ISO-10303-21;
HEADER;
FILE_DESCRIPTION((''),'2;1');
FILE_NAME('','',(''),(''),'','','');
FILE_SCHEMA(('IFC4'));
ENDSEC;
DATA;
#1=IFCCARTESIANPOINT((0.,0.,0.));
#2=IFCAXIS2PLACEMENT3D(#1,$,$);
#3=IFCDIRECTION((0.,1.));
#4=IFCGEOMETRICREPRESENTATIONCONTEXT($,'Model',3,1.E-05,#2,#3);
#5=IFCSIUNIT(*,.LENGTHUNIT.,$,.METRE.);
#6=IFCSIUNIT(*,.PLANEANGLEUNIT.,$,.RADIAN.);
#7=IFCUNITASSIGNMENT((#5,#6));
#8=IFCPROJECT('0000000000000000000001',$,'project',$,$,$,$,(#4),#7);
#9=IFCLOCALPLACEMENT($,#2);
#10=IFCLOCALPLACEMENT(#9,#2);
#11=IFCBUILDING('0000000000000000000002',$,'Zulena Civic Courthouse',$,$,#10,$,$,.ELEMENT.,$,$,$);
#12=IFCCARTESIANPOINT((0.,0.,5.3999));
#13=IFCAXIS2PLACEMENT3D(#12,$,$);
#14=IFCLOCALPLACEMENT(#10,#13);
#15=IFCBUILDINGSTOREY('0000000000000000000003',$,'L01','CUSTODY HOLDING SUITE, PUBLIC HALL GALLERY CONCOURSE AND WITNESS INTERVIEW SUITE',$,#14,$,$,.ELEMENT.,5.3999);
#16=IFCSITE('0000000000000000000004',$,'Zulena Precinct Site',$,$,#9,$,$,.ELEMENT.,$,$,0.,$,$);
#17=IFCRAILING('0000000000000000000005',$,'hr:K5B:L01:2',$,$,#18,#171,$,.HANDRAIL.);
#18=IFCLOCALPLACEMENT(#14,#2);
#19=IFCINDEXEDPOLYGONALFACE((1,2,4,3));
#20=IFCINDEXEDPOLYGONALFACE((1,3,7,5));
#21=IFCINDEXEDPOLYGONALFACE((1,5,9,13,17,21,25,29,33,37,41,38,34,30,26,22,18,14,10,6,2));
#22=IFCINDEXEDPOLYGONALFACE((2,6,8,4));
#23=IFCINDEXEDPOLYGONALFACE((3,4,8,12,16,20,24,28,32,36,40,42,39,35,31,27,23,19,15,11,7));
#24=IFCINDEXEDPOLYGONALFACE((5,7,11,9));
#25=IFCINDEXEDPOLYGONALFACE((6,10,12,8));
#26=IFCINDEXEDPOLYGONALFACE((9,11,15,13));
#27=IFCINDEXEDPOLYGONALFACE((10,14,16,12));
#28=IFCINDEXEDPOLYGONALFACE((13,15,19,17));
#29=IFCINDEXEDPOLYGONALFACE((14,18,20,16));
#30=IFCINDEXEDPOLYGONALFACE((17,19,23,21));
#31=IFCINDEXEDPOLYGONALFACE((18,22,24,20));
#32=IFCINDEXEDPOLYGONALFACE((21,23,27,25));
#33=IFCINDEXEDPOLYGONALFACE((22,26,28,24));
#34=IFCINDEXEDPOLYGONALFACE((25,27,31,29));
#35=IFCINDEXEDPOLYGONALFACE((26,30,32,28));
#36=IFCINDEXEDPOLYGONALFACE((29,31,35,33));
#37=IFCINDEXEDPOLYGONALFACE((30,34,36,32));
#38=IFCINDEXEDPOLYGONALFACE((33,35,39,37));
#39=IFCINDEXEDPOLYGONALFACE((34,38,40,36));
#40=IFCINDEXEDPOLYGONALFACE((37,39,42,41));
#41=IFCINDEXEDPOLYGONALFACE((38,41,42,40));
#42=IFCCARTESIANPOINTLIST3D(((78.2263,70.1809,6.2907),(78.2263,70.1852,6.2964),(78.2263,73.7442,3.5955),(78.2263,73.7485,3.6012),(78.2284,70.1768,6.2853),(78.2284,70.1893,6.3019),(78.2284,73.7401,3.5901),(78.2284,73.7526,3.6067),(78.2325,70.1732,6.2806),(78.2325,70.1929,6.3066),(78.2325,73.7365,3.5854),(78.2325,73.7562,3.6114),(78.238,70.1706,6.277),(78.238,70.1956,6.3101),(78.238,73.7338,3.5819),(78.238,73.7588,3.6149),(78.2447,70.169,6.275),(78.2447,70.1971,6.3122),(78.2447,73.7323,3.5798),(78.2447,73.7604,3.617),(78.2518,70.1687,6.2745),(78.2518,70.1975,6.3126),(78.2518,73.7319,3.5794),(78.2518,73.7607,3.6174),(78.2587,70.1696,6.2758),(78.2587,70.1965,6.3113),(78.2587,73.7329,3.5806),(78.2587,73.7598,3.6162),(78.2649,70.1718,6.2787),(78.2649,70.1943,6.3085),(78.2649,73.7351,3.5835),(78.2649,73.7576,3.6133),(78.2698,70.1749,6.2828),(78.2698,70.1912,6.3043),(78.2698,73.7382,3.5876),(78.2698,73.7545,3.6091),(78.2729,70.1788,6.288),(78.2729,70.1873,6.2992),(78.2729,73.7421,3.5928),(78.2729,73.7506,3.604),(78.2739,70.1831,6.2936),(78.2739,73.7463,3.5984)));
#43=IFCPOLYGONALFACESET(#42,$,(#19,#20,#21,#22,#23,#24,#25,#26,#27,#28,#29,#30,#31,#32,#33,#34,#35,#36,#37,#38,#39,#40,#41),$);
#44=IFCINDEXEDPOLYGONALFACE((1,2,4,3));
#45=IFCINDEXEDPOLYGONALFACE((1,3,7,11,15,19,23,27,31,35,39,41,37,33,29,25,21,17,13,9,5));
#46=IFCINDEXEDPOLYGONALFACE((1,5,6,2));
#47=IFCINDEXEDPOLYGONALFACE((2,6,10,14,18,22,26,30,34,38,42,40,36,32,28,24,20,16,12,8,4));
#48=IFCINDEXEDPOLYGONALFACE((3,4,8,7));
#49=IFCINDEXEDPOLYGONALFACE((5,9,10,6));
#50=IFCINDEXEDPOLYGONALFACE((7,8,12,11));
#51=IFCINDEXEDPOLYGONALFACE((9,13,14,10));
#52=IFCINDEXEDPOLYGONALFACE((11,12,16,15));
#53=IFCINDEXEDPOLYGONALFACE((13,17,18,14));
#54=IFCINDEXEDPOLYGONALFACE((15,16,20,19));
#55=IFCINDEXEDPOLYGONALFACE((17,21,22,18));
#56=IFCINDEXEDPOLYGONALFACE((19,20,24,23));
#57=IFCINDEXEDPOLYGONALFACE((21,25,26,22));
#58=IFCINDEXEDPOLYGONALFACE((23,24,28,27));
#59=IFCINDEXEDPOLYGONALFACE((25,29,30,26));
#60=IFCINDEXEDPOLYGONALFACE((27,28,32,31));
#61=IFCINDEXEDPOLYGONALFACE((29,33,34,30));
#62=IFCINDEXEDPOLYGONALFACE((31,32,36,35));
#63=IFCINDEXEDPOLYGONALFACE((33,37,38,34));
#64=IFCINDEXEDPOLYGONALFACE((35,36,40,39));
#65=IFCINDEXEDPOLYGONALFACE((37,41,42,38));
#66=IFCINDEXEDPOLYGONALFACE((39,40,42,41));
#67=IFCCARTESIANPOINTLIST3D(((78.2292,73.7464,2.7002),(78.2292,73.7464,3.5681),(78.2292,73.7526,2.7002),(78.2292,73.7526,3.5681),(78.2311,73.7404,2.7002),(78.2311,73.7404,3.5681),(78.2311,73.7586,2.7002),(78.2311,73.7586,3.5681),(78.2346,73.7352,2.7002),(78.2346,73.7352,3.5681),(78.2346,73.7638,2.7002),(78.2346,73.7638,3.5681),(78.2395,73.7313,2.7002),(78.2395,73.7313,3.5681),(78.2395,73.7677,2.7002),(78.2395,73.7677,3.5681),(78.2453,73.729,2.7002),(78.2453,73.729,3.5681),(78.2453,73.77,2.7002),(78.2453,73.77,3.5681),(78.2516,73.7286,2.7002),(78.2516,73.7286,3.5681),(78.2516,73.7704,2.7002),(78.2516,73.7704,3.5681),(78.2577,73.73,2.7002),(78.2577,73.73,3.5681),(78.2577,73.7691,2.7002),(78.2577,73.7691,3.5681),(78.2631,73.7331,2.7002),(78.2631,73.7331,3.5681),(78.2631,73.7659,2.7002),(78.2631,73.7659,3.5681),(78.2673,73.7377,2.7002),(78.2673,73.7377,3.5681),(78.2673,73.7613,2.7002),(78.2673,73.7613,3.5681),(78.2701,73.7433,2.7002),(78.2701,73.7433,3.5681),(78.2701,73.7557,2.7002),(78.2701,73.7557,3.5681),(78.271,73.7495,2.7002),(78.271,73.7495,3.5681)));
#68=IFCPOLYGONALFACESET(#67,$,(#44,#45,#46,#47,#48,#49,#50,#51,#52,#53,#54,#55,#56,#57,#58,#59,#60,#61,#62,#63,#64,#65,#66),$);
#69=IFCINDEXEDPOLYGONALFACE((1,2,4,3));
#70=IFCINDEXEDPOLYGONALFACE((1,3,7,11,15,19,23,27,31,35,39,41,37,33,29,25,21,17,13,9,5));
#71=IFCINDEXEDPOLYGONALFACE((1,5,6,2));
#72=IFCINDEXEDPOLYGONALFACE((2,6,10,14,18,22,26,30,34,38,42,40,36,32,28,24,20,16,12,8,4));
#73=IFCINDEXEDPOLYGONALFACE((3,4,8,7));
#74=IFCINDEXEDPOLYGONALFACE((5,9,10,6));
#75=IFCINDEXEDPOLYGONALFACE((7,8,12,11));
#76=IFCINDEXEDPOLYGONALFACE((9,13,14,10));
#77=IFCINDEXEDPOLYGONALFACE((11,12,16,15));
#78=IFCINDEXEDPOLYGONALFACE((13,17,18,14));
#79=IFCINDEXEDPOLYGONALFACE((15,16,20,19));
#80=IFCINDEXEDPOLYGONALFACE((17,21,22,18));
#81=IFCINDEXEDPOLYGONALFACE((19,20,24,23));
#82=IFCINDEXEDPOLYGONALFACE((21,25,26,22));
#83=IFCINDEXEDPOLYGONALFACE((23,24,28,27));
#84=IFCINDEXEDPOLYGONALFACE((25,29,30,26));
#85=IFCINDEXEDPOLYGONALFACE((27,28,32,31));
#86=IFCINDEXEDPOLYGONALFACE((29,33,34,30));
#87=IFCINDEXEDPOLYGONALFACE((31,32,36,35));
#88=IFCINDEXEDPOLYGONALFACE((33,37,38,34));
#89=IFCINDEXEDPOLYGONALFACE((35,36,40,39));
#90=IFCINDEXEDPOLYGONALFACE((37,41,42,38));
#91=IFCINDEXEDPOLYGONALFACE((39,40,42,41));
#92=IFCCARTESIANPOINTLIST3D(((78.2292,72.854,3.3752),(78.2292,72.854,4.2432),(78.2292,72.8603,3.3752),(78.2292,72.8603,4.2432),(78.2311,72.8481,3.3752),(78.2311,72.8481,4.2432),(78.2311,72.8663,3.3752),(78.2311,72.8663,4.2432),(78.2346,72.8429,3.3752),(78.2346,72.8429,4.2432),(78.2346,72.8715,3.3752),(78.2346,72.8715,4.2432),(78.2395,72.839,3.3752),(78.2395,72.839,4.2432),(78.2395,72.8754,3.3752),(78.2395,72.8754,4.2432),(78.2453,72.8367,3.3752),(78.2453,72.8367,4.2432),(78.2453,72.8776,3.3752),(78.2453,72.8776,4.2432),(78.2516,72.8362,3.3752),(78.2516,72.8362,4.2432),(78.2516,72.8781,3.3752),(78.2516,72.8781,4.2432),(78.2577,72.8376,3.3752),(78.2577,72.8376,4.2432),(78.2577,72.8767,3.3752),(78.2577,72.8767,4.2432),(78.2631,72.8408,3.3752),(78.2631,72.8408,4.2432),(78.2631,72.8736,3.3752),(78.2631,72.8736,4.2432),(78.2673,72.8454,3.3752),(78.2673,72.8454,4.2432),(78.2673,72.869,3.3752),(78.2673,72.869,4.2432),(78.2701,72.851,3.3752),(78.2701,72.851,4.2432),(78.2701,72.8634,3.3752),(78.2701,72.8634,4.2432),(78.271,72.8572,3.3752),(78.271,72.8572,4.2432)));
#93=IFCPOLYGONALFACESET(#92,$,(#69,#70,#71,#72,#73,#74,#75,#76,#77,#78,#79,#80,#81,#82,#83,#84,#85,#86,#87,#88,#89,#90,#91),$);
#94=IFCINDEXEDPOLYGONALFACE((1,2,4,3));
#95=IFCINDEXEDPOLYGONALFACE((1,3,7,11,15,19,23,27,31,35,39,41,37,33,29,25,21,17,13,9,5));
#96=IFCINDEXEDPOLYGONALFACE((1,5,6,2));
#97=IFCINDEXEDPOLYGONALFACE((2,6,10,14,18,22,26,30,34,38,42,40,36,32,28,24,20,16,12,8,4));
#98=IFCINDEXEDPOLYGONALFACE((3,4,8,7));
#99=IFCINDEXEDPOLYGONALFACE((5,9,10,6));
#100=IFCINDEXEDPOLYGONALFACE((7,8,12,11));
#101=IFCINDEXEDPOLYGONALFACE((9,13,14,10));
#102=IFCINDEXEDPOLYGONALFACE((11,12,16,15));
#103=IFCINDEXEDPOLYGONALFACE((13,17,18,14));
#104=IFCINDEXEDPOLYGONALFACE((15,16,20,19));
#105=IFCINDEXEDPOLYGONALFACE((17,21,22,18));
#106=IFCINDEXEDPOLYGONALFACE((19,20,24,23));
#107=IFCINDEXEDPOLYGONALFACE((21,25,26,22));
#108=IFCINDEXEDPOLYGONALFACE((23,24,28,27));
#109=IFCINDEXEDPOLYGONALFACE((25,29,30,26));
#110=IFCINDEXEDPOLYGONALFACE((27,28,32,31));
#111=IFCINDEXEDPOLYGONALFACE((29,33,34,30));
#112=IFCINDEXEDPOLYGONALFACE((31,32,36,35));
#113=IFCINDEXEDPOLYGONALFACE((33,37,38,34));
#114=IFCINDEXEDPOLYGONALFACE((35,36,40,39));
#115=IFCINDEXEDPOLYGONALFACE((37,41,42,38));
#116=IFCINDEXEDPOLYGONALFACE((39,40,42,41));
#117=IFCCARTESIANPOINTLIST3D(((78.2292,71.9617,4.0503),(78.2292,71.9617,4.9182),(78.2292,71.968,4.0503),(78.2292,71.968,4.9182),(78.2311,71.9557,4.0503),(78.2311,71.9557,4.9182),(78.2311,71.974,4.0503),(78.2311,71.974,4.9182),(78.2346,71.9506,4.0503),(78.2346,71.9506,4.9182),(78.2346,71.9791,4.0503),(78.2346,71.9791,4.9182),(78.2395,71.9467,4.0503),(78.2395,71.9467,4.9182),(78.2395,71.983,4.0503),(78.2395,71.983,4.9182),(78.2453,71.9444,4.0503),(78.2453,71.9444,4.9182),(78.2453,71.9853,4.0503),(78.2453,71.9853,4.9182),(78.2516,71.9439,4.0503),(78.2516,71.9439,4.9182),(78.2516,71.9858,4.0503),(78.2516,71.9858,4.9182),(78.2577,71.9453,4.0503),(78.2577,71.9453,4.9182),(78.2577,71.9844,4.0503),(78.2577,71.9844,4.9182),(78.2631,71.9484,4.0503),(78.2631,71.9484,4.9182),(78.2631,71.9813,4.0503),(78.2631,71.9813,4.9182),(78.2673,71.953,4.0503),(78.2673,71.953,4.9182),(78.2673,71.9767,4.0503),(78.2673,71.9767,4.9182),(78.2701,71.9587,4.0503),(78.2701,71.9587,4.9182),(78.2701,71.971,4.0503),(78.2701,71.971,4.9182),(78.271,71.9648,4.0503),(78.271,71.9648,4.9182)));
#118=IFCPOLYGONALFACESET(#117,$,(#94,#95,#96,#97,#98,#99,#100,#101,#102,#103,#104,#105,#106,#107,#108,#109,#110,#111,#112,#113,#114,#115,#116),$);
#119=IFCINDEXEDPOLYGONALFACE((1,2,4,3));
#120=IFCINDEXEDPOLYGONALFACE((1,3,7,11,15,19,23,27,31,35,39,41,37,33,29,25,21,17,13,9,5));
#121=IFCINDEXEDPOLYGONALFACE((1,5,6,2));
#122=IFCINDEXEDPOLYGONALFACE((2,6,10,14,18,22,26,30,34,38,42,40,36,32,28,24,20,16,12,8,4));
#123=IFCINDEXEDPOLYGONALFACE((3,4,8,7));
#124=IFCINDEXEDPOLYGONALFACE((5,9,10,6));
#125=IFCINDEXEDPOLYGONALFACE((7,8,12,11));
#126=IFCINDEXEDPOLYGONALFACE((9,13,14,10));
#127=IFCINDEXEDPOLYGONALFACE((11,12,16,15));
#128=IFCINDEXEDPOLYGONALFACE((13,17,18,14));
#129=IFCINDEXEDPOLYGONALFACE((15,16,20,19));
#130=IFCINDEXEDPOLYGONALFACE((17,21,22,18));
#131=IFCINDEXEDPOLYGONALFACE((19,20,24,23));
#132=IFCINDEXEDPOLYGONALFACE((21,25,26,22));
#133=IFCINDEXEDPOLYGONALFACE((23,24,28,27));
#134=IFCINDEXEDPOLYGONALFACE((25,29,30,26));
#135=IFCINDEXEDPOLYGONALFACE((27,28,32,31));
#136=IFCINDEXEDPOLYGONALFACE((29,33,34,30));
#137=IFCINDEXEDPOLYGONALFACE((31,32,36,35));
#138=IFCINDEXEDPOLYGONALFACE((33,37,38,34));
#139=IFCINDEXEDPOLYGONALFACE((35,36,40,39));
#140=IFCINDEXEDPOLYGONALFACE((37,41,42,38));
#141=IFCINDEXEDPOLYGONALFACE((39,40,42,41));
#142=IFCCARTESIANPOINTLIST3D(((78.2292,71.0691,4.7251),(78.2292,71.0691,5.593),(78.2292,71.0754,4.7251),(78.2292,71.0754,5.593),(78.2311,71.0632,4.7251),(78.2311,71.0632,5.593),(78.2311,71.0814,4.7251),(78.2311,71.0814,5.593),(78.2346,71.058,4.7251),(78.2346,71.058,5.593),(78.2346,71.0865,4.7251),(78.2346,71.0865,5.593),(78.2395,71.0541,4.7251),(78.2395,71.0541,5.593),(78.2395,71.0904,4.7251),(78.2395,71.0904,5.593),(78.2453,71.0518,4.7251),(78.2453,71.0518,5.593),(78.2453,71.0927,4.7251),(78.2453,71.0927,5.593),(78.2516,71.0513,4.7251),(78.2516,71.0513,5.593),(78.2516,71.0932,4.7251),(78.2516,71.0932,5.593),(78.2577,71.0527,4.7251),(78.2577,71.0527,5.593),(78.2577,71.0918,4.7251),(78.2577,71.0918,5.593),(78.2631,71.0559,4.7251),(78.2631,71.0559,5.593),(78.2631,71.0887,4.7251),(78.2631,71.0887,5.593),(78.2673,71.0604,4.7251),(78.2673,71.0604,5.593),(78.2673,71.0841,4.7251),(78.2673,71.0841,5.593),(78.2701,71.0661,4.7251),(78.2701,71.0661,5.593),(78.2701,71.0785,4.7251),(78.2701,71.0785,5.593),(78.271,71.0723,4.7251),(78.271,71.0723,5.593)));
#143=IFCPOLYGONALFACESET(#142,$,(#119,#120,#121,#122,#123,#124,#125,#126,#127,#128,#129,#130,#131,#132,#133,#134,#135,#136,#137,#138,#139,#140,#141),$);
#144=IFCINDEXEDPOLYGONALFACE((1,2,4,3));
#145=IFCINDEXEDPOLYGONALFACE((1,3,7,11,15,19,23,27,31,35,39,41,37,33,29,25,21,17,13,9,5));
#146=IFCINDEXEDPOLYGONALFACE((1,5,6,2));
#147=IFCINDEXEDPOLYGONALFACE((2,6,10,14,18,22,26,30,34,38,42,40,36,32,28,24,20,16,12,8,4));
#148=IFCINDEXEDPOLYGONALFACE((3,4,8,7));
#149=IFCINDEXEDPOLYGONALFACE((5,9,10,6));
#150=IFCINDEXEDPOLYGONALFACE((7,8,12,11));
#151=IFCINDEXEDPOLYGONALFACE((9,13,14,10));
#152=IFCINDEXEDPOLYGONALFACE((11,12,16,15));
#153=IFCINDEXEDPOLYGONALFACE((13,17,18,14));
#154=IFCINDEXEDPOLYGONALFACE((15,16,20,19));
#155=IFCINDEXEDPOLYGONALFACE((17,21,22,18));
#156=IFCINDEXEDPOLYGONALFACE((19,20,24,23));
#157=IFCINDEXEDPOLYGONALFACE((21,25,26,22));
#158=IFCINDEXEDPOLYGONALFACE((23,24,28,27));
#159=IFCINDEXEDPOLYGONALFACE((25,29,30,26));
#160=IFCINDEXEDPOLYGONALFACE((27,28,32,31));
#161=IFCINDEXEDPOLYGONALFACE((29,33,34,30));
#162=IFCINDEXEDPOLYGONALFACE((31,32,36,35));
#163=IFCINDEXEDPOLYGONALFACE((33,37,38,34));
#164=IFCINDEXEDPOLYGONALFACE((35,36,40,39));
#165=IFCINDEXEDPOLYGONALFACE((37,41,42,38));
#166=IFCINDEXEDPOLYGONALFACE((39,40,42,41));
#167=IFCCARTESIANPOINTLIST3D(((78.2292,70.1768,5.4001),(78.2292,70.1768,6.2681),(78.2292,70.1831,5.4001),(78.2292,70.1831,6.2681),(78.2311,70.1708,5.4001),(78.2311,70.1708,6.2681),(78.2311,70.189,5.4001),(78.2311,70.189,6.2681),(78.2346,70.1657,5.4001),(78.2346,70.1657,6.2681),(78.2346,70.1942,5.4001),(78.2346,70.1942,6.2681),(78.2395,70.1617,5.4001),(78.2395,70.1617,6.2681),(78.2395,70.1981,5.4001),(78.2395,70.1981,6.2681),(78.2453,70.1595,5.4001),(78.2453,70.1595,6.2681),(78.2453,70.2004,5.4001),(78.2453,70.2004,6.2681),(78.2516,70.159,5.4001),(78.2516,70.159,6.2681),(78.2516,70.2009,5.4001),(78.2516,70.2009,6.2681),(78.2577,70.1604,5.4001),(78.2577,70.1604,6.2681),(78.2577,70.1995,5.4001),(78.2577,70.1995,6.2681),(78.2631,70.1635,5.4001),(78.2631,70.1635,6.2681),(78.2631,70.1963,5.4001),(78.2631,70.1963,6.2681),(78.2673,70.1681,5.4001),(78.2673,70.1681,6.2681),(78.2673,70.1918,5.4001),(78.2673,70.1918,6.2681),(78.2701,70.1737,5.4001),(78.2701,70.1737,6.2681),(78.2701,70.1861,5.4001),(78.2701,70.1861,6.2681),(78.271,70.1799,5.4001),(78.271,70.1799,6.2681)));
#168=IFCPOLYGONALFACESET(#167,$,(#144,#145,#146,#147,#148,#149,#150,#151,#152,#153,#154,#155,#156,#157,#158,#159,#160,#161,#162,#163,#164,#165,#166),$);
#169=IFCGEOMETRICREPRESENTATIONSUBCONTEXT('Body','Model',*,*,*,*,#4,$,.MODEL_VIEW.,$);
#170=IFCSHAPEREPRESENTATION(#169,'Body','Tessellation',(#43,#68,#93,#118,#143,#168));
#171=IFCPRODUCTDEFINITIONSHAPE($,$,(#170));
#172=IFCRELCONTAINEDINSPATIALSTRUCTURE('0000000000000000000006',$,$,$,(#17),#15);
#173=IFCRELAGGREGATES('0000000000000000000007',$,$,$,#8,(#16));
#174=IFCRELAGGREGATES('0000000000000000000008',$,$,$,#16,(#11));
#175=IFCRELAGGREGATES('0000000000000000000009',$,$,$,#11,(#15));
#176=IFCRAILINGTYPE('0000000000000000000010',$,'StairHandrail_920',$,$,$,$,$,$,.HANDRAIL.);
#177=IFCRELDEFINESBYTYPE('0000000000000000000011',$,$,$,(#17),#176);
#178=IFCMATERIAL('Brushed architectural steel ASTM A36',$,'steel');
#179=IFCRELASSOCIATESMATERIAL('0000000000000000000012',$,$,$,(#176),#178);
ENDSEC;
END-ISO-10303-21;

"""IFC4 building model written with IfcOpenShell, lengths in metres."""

from ifc_helpers import new_model, si_unit, direction, frame, origin, origin_2d, place, context, subcontext, project, spatial, circle, extrude, material, type_object, element, save


model = new_model("IFC4")

# Units and contexts
model_context = context("Model", 3, precision=1e-05, world=origin(), true_north=direction((0.0, 1.0)))
body_context = subcontext(model_context, "Body", "Model", "MODEL_VIEW")
ifc_project = project(units=[si_unit("LENGTHUNIT", "METRE"), si_unit("PLANEANGLEUNIT", "RADIAN")], contexts=[model_context])

# Site, building, storey
site_placement = place(None, origin())
site = spatial("IfcSite", under=ifc_project, at=site_placement, Name="Zulena Precinct Site", CompositionType="ELEMENT", RefElevation=0.0)
building_placement = place(site_placement, origin())
building = spatial("IfcBuilding", under=site, at=building_placement, Name="Zulena Civic Courthouse", CompositionType="ELEMENT")
storey_placement = place(building_placement, frame((0.0, 0.0, 5.3999)))
storey = spatial("IfcBuildingStorey", under=building, at=storey_placement, Name="L01", Description="CUSTODY HOLDING SUITE, PUBLIC HALL GALLERY CONCOURSE AND WITNESS INTERVIEW SUITE", CompositionType="ELEMENT", Elevation=5.3999)

# Railing
ifc_material_1 = material(Name="Brushed architectural steel ASTM A36", Category="steel")
railing_type_1 = type_object("IfcRailingType", Name="StairHandrail_920", PredefinedType="HANDRAIL", material=ifc_material_1)
railing_1_placement = place(storey_placement, frame((78.25, 73.7495, 2.7002)))
element("IfcRailing", 1, at=railing_1_placement, inside=storey, type_object=railing_type_1, Name="hr:K5B:L01:2", PredefinedType="HANDRAIL", context=body_context, shape_type="SweptSolid", body=[
    extrude(circle(Radius=0.0239, at=origin_2d()), frame((0.0, -0.0032, 0.8982), z_axis=(0.0, -0.797552, 0.60325), x_axis=(1.0, 0.0, 0.0)), (0.0, 0.0, 1.0), 4.4678),
    extrude(circle(Radius=0.021, at=origin_2d()), origin(), (0.0, 0.0, 1.0), 0.8679),
    extrude(circle(Radius=0.021, at=origin_2d()), frame((0.0, -0.8923, 0.675)), (0.0, 0.0, 1.0), 0.8679),
    extrude(circle(Radius=0.021, at=origin_2d()), frame((0.0, -1.7847, 1.3501)), (0.0, 0.0, 1.0), 0.8679),
    extrude(circle(Radius=0.021, at=origin_2d()), frame((0.0, -2.6772, 2.0249)), (0.0, 0.0, 1.0), 0.8679),
    extrude(circle(Radius=0.021, at=origin_2d()), frame((0.0, -3.5696, 2.7)), (0.0, 0.0, 1.0), 0.8679),
])

save(model, "model.ifc")
